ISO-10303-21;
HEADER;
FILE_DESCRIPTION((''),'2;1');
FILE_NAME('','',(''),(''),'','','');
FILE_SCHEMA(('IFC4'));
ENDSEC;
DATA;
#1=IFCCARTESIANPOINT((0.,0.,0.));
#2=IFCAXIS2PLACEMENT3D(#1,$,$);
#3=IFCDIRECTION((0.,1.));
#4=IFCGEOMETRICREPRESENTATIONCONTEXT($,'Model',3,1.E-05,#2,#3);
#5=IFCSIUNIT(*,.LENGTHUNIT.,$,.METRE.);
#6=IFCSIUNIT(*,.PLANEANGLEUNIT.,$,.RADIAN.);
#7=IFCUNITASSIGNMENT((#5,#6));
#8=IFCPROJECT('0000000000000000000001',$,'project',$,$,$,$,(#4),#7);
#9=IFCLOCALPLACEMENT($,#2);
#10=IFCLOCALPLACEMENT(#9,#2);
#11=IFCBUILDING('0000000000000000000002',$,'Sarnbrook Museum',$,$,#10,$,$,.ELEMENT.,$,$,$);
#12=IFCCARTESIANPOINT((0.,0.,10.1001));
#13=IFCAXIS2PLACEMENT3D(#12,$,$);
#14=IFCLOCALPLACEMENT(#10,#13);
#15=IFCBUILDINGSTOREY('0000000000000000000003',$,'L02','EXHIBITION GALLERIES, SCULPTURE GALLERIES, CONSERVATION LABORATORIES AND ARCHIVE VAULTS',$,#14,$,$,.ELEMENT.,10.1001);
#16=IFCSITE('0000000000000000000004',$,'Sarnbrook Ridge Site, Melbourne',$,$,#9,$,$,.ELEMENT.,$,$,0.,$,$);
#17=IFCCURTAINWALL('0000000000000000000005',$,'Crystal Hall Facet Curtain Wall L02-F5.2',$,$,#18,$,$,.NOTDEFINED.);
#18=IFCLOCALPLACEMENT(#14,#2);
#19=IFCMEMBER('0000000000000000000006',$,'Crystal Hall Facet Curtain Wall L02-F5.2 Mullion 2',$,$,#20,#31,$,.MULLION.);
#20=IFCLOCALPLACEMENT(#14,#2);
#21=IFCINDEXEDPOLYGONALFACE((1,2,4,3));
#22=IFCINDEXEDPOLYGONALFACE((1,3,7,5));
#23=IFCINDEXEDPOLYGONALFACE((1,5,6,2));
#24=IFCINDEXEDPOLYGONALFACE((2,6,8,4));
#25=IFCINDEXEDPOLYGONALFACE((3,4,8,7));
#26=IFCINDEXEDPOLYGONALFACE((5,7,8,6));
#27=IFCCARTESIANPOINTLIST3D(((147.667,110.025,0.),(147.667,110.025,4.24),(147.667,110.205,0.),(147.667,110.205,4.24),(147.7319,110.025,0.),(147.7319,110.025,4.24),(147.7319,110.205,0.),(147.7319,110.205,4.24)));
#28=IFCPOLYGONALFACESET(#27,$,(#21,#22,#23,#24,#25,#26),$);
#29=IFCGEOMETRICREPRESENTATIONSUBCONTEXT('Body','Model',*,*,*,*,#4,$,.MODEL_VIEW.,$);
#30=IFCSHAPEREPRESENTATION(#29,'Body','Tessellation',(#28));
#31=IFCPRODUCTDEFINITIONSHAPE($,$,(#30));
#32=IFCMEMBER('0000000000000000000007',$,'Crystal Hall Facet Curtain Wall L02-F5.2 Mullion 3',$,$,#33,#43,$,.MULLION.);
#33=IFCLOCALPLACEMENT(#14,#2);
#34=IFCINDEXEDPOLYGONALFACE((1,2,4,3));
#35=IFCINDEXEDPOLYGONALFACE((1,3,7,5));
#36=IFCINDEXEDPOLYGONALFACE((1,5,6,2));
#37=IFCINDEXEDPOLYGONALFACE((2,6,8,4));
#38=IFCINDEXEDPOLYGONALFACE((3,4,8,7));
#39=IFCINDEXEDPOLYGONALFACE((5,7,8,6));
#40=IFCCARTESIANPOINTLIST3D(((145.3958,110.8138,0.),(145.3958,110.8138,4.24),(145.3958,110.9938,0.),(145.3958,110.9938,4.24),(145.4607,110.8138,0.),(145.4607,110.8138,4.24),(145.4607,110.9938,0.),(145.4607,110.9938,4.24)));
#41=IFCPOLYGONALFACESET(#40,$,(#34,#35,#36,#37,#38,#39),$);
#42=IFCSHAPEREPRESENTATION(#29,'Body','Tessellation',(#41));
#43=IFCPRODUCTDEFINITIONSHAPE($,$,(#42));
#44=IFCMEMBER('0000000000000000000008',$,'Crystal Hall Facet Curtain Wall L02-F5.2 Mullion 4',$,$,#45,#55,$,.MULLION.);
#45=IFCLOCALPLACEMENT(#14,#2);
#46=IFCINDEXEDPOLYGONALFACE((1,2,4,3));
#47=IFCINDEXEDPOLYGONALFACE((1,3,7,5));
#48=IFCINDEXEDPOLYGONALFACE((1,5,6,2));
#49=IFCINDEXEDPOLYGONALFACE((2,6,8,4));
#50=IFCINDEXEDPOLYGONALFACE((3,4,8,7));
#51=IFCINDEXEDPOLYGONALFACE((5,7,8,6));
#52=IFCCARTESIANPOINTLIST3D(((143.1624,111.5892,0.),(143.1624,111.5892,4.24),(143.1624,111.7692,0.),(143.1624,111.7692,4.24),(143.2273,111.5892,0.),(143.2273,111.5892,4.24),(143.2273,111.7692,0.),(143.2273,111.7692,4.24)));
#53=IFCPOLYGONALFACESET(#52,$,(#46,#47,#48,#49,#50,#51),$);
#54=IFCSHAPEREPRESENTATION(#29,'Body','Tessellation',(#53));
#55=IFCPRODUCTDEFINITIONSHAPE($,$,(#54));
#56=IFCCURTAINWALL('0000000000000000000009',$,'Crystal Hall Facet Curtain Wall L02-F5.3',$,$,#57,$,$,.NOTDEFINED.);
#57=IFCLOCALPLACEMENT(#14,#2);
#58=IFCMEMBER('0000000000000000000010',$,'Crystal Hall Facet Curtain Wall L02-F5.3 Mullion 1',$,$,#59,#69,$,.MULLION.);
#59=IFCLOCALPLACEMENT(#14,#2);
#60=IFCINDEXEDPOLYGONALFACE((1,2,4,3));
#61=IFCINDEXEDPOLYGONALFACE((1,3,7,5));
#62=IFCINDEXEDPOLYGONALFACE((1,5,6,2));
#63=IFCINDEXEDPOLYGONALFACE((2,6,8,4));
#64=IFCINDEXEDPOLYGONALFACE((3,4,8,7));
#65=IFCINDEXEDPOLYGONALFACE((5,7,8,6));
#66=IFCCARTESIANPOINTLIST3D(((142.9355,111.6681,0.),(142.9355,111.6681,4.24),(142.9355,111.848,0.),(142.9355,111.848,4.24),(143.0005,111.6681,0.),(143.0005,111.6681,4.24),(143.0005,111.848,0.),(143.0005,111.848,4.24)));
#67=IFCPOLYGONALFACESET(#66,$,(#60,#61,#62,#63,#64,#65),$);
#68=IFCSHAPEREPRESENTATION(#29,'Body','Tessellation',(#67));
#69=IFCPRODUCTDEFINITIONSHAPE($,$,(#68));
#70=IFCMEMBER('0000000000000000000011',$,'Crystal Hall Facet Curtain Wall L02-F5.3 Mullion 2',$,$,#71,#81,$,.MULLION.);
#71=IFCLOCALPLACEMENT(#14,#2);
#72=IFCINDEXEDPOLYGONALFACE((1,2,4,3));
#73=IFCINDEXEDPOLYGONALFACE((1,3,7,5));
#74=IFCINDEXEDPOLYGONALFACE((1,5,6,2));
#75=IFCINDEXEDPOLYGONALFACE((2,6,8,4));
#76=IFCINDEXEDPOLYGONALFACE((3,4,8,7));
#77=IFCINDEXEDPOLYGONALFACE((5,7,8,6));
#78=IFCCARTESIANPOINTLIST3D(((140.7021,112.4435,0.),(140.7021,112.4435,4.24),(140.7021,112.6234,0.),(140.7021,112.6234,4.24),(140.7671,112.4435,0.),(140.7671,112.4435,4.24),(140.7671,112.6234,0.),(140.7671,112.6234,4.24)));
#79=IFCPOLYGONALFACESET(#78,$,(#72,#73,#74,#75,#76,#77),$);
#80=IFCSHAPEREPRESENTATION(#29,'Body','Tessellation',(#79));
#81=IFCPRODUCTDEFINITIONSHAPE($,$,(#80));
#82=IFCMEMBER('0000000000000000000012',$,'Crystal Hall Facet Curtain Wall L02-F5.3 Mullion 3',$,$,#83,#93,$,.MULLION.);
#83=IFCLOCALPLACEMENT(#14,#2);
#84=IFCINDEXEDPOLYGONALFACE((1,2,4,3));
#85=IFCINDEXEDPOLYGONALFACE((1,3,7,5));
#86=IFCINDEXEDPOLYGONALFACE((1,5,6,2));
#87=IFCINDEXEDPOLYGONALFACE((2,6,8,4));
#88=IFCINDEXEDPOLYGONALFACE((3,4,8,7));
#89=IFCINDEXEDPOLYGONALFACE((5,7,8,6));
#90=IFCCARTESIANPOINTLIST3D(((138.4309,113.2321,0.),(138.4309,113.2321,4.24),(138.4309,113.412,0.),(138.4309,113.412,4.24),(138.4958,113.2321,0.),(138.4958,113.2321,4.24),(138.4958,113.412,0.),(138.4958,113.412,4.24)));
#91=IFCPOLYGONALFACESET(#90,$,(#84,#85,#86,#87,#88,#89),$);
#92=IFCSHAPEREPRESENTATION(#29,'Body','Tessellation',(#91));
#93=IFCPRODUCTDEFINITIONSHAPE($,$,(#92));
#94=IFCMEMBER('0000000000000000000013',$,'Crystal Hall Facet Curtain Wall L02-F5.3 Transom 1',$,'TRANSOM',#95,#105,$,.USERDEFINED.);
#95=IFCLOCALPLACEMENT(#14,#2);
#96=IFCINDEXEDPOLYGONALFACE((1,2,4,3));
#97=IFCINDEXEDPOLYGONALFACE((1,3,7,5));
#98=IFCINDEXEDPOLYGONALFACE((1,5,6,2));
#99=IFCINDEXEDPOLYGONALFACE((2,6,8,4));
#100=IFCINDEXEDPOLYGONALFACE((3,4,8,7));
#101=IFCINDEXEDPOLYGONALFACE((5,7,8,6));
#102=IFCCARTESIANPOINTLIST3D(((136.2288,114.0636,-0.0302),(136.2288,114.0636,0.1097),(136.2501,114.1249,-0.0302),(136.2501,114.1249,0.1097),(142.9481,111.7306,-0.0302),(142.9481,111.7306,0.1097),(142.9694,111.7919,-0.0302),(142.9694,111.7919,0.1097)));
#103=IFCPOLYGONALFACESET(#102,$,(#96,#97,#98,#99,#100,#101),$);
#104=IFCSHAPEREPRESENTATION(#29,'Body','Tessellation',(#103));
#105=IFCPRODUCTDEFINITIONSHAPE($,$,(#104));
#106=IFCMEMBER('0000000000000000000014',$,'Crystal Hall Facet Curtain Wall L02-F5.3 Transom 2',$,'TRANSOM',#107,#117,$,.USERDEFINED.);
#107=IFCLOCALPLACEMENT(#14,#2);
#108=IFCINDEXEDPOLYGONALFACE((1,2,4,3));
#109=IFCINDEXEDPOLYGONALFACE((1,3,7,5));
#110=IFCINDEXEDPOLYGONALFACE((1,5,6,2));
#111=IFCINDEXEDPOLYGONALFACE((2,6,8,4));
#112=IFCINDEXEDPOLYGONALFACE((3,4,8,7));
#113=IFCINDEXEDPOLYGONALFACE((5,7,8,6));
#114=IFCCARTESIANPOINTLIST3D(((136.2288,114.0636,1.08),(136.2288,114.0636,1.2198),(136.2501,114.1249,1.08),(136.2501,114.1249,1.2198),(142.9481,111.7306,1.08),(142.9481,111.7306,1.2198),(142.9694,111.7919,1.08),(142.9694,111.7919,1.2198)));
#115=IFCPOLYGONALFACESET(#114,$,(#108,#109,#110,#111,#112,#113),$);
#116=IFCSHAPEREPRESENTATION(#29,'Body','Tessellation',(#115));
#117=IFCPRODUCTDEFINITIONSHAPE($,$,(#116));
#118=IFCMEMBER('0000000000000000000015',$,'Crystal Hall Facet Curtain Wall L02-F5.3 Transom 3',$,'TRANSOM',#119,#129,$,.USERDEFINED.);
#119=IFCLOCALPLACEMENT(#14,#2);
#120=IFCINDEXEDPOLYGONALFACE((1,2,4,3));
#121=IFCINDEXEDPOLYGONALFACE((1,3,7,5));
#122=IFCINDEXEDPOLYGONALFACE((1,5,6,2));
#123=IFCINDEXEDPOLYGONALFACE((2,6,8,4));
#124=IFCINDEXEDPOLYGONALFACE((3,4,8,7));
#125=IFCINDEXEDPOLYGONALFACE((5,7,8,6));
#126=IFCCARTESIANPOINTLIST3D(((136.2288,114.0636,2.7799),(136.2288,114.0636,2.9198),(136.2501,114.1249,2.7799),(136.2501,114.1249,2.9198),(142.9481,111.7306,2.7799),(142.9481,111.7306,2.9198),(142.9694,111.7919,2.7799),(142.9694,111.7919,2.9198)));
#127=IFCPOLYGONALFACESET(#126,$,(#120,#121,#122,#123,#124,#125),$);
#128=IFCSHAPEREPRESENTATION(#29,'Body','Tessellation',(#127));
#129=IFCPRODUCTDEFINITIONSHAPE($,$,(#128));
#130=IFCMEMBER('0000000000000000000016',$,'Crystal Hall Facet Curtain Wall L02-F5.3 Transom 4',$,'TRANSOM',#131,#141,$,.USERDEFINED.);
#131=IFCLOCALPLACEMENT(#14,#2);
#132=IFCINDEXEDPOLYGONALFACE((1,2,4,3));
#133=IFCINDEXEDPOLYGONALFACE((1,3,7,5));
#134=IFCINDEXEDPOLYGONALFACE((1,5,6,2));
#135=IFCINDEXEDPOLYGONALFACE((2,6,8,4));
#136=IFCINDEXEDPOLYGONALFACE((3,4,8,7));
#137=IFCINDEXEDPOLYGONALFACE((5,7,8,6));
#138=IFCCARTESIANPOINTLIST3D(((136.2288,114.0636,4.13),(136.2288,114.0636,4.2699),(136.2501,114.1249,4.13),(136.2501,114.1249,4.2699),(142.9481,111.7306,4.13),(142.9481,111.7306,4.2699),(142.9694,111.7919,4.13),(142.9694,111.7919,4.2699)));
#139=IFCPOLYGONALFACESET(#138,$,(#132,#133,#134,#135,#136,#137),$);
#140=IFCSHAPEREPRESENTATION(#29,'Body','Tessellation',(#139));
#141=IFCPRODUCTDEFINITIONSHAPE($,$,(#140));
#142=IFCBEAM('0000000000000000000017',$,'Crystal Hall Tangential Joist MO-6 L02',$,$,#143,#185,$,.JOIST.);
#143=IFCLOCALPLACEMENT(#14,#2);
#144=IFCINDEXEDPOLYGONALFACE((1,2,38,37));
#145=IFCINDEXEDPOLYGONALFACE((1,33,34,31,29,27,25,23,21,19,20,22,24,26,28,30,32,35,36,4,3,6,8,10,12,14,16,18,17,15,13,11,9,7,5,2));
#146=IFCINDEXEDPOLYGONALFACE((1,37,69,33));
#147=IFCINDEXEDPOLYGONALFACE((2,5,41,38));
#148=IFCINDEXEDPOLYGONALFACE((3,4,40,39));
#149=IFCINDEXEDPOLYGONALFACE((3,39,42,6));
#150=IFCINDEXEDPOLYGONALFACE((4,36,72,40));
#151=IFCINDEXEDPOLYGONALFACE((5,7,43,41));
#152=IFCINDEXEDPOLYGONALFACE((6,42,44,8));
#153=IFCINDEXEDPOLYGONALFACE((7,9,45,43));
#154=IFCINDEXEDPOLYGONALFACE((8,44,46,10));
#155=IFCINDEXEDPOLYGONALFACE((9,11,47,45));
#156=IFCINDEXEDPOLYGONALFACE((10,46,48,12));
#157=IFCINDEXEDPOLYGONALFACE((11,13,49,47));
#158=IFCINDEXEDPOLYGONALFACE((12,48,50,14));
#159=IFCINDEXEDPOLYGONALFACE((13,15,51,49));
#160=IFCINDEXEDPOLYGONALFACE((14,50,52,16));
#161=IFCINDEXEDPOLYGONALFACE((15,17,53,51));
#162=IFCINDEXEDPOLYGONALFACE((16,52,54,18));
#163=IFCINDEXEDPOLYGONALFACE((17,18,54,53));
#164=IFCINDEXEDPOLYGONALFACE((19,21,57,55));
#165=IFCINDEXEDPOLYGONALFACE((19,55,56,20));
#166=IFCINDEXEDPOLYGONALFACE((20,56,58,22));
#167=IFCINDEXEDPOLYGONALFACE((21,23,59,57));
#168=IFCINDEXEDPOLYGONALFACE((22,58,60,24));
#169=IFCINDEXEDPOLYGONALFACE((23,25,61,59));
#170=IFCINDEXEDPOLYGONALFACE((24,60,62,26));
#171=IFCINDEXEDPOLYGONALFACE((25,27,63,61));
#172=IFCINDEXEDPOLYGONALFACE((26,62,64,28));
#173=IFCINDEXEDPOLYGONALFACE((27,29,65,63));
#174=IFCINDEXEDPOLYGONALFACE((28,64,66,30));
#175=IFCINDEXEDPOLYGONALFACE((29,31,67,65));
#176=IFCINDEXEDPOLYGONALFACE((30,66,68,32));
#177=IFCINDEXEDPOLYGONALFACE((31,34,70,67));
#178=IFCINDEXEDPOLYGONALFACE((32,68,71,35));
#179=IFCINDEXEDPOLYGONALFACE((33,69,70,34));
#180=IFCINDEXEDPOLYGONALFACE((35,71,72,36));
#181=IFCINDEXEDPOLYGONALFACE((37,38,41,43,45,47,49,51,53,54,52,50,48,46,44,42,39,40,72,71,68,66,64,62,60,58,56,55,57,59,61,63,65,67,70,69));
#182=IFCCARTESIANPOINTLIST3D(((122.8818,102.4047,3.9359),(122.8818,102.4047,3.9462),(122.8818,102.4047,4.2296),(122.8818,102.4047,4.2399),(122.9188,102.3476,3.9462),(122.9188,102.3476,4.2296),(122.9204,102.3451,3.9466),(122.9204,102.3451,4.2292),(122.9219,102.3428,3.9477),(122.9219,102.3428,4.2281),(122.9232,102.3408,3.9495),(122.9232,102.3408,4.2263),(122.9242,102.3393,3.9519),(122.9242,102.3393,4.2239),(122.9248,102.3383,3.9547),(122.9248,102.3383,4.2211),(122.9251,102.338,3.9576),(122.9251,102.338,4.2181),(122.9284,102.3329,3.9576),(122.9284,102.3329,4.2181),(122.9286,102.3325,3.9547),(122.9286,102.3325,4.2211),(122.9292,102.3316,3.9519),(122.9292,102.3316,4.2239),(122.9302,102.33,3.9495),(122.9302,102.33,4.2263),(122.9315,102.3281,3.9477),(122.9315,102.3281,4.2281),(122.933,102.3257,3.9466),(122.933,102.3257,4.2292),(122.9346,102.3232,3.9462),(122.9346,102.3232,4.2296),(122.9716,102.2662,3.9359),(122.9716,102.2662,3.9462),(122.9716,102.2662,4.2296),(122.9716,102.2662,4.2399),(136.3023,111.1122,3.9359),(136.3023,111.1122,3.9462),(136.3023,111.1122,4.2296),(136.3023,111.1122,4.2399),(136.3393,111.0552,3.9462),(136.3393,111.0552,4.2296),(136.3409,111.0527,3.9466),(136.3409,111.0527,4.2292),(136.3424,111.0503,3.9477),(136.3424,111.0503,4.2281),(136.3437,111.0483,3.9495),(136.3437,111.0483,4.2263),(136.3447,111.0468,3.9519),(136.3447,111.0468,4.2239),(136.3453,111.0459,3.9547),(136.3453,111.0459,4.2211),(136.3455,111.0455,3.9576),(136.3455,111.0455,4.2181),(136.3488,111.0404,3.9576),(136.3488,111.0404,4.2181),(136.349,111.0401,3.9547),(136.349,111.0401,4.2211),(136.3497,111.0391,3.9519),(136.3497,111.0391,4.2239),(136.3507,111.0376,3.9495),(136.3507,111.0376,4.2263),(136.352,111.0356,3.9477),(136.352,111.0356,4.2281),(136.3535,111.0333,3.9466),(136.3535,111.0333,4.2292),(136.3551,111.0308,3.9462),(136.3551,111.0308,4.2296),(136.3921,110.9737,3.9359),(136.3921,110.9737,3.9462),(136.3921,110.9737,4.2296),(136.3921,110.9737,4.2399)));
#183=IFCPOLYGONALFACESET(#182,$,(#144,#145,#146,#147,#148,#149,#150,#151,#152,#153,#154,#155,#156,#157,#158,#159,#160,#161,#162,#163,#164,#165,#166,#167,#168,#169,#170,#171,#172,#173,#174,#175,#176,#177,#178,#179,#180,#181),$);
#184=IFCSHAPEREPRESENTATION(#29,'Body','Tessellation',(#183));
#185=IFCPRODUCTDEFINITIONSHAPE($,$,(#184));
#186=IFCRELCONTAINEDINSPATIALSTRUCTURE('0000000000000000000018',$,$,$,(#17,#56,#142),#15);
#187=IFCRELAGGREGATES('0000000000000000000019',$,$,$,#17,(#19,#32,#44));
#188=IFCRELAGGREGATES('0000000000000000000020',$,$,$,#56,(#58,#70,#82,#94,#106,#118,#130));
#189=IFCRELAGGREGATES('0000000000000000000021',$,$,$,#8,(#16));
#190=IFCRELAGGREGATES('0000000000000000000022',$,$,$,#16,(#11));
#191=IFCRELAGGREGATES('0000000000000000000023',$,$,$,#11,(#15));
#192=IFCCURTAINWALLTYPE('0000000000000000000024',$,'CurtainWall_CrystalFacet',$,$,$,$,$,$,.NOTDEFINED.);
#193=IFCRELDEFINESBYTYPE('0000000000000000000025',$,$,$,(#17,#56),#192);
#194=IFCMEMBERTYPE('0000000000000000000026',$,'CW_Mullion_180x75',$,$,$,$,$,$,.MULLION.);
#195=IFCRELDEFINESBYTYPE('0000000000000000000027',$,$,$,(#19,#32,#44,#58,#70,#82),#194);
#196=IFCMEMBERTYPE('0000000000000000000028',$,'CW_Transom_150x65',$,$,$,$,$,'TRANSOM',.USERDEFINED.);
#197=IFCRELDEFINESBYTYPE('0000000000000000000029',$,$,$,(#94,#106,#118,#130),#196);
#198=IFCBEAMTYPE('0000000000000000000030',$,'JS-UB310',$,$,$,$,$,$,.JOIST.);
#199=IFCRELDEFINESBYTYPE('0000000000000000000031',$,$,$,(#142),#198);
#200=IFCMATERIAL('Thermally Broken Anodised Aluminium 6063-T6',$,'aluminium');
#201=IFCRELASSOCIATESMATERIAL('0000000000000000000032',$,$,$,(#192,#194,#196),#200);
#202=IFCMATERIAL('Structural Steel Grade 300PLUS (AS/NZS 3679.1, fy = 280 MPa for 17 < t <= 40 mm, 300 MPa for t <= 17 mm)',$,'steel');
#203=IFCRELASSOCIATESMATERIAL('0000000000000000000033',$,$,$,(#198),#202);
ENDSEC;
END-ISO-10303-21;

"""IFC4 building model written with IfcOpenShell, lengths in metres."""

from ifc_helpers import new_model, si_unit, direction, frame, origin, origin_2d, place, context, subcontext, project, spatial, rectangle, i_section, extrude, material, material_profile, profile_set, type_object, element, aggregate, save


model = new_model("IFC4")

# Units and contexts
model_context = context("Model", 3, precision=1e-05, world=origin(), true_north=direction((0.0, 1.0)))
body_context = subcontext(model_context, "Body", "Model", "MODEL_VIEW")
ifc_project = project(units=[si_unit("LENGTHUNIT", "METRE"), si_unit("PLANEANGLEUNIT", "RADIAN")], contexts=[model_context])

# Site, building, storey
site_placement = place(None, origin())
site = spatial("IfcSite", under=ifc_project, at=site_placement, Name="Sarnbrook Ridge Site, Melbourne", CompositionType="ELEMENT", RefElevation=0.0)
building_placement = place(site_placement, origin())
building = spatial("IfcBuilding", under=site, at=building_placement, Name="Sarnbrook Museum", CompositionType="ELEMENT")
storey_placement = place(building_placement, frame((0.0, 0.0, 10.1001)))
storey = spatial("IfcBuildingStorey", under=building, at=storey_placement, Name="L02", Description="EXHIBITION GALLERIES, SCULPTURE GALLERIES, CONSERVATION LABORATORIES AND ARCHIVE VAULTS", CompositionType="ELEMENT", Elevation=10.1001)

# Curtain walls, members
ifc_material_1 = material(Name="Thermally Broken Anodised Aluminium 6063-T6", Category="aluminium")
curtain_wall_type = type_object("IfcCurtainWallType", Name="CurtainWall_CrystalFacet", PredefinedType="NOTDEFINED", material=ifc_material_1)
curtain_wall_1_placement = place(storey_placement, origin())
curtain_wall_1 = element("IfcCurtainWall", 1, at=curtain_wall_1_placement, inside=storey, type_object=curtain_wall_type, Name="Crystal Hall Facet Curtain Wall L02-F5.2", PredefinedType="NOTDEFINED")
ifc_material_profile_1 = material_profile(ifc_material_1, rectangle(XDim=0.0649, YDim=0.1799, at=origin_2d()), Name="ALU MULLION 65x180")
ifc_profile_set_1 = profile_set([ifc_material_profile_1], Name="Thermally Broken Anodised Aluminium 6063-T6")
member_type_1 = type_object("IfcMemberType", Name="CW_Mullion_180x75", PredefinedType="MULLION", material=ifc_profile_set_1)
member_1_placement = place(storey_placement, frame((147.6995, 110.115, 0.0), z_axis=(0.0, 0.0, 1.0), x_axis=(1.0, 0.0, 0.0)))
member_1 = element("IfcMember", 2, at=member_1_placement, type_object=member_type_1, Name="Crystal Hall Facet Curtain Wall L02-F5.2 Mullion 2", PredefinedType="MULLION", context=body_context, shape_type="SweptSolid", body=[
    extrude(rectangle(XDim=0.0649, YDim=0.1799, at=origin_2d()), origin(), (0.0, 0.0, 1.0), 4.24),
])
member_2_placement = place(storey_placement, frame((145.4282, 110.9038, 0.0), z_axis=(0.0, 0.0, 1.0), x_axis=(1.0, 0.0, 0.0)))
member_2 = element("IfcMember", 3, at=member_2_placement, type_object=member_type_1, Name="Crystal Hall Facet Curtain Wall L02-F5.2 Mullion 3", PredefinedType="MULLION", context=body_context, shape_type="SweptSolid", body=[
    extrude(rectangle(XDim=0.0649, YDim=0.1799, at=origin_2d()), origin(), (0.0, 0.0, 1.0), 4.24),
])
member_3_placement = place(storey_placement, frame((143.1948, 111.6792, 0.0), z_axis=(0.0, 0.0, 1.0), x_axis=(1.0, 0.0, 0.0)))
member_3 = element("IfcMember", 4, at=member_3_placement, type_object=member_type_1, Name="Crystal Hall Facet Curtain Wall L02-F5.2 Mullion 4", PredefinedType="MULLION", context=body_context, shape_type="SweptSolid", body=[
    extrude(rectangle(XDim=0.0649, YDim=0.1799, at=origin_2d()), origin(), (0.0, 0.0, 1.0), 4.24),
])
curtain_wall_2_placement = place(storey_placement, origin())
curtain_wall_2 = element("IfcCurtainWall", 5, at=curtain_wall_2_placement, inside=storey, type_object=curtain_wall_type, Name="Crystal Hall Facet Curtain Wall L02-F5.3", PredefinedType="NOTDEFINED")
member_4_placement = place(storey_placement, frame((142.968, 111.7581, 0.0), z_axis=(0.0, 0.0, 1.0), x_axis=(1.0, 0.0, 0.0)))
member_4 = element("IfcMember", 6, at=member_4_placement, type_object=member_type_1, Name="Crystal Hall Facet Curtain Wall L02-F5.3 Mullion 1", PredefinedType="MULLION", context=body_context, shape_type="SweptSolid", body=[
    extrude(rectangle(XDim=0.0649, YDim=0.1799, at=origin_2d()), origin(), (0.0, 0.0, 1.0), 4.24),
])
member_5_placement = place(storey_placement, frame((140.7346, 112.5334, 0.0), z_axis=(0.0, 0.0, 1.0), x_axis=(1.0, 0.0, 0.0)))
member_5 = element("IfcMember", 7, at=member_5_placement, type_object=member_type_1, Name="Crystal Hall Facet Curtain Wall L02-F5.3 Mullion 2", PredefinedType="MULLION", context=body_context, shape_type="SweptSolid", body=[
    extrude(rectangle(XDim=0.0649, YDim=0.1799, at=origin_2d()), origin(), (0.0, 0.0, 1.0), 4.24),
])
member_6_placement = place(storey_placement, frame((138.4634, 113.322, 0.0), z_axis=(0.0, 0.0, 1.0), x_axis=(1.0, 0.0, 0.0)))
member_6 = element("IfcMember", 8, at=member_6_placement, type_object=member_type_1, Name="Crystal Hall Facet Curtain Wall L02-F5.3 Mullion 3", PredefinedType="MULLION", context=body_context, shape_type="SweptSolid", body=[
    extrude(rectangle(XDim=0.0649, YDim=0.1799, at=origin_2d()), origin(), (0.0, 0.0, 1.0), 4.24),
])
ifc_material_profile_2 = material_profile(ifc_material_1, rectangle(XDim=0.0649, YDim=0.1399, at=origin_2d()), Name="ALU TRANSOM 65x140")
ifc_profile_set_2 = profile_set([ifc_material_profile_2], Name="Thermally Broken Anodised Aluminium 6063-T6")
member_type_2 = type_object("IfcMemberType", Name="CW_Transom_150x65", ElementType="TRANSOM", PredefinedType="USERDEFINED", material=ifc_profile_set_2)
member_7_placement = place(storey_placement, frame((142.9587, 111.7612, 0.0398), z_axis=(-0.944676, 0.328004, 0.0), x_axis=(-0.328004, -0.944676, 0.0)))
member_7 = element("IfcMember", 9, at=member_7_placement, type_object=member_type_2, Name="Crystal Hall Facet Curtain Wall L02-F5.3 Transom 1", ObjectType="TRANSOM", PredefinedType="USERDEFINED", context=body_context, shape_type="SweptSolid", body=[
    extrude(rectangle(XDim=0.0649, YDim=0.1399, at=origin_2d()), origin(), (0.0, 0.0, 1.0), 7.1128),
])
member_8_placement = place(storey_placement, frame((142.9587, 111.7612, 1.1499), z_axis=(-0.944676, 0.328004, 0.0), x_axis=(-0.328004, -0.944676, 0.0)))
member_8 = element("IfcMember", 10, at=member_8_placement, type_object=member_type_2, Name="Crystal Hall Facet Curtain Wall L02-F5.3 Transom 2", ObjectType="TRANSOM", PredefinedType="USERDEFINED", context=body_context, shape_type="SweptSolid", body=[
    extrude(rectangle(XDim=0.0649, YDim=0.1399, at=origin_2d()), origin(), (0.0, 0.0, 1.0), 7.1128),
])
member_9_placement = place(storey_placement, frame((142.9587, 111.7612, 2.8499), z_axis=(-0.944676, 0.328004, 0.0), x_axis=(-0.328004, -0.944676, 0.0)))
member_9 = element("IfcMember", 11, at=member_9_placement, type_object=member_type_2, Name="Crystal Hall Facet Curtain Wall L02-F5.3 Transom 3", ObjectType="TRANSOM", PredefinedType="USERDEFINED", context=body_context, shape_type="SweptSolid", body=[
    extrude(rectangle(XDim=0.0649, YDim=0.1399, at=origin_2d()), origin(), (0.0, 0.0, 1.0), 7.1128),
])
member_10_placement = place(storey_placement, frame((142.9587, 111.7612, 4.2), z_axis=(-0.944676, 0.328004, 0.0), x_axis=(-0.328004, -0.944676, 0.0)))
member_10 = element("IfcMember", 12, at=member_10_placement, type_object=member_type_2, Name="Crystal Hall Facet Curtain Wall L02-F5.3 Transom 4", ObjectType="TRANSOM", PredefinedType="USERDEFINED", context=body_context, shape_type="SweptSolid", body=[
    extrude(rectangle(XDim=0.0649, YDim=0.1399, at=origin_2d()), origin(), (0.0, 0.0, 1.0), 7.1128),
])

# Beam
ifc_material_2 = material(Name="Structural Steel Grade 300PLUS (AS/NZS 3679.1, fy = 280 MPa for 17 < t <= 40 mm, 300 MPa for t <= 17 mm)", Category="steel")
ifc_material_profile_3 = material_profile(ifc_material_2, i_section(OverallWidth=0.165, OverallDepth=0.304, WebThickness=0.0061, FlangeThickness=0.0103, FilletRadius=0.0115, at=origin_2d()), Name="310UB40.4")
ifc_profile_set_3 = profile_set([ifc_material_profile_3], Name="Structural Steel Grade 300PLUS (AS/NZS 3679.1, fy = 280 MPa for 17 < t <= 40 mm, 300 MPa for t <= 17 mm)")
beam_type = type_object("IfcBeamType", Name="JS-UB310", PredefinedType="JOIST", material=ifc_profile_set_3)
beam_placement = place(storey_placement, frame((136.3472, 111.043, 4.0879), z_axis=(-0.838893, -0.544296, 0.0), x_axis=(0.544296, -0.838893, 0.0)))
element("IfcBeam", 13, at=beam_placement, inside=storey, type_object=beam_type, Name="Crystal Hall Tangential Joist MO-6 L02", PredefinedType="JOIST", context=body_context, shape_type="SweptSolid", body=[
    extrude(i_section(OverallWidth=0.165, OverallDepth=0.304, WebThickness=0.0061, FlangeThickness=0.0103, FilletRadius=0.0115, at=origin_2d()), origin(), (0.0, 0.0, 1.0), 15.9978),
])

aggregate(curtain_wall_1, [member_1, member_2, member_3])
aggregate(curtain_wall_2, [member_4, member_5, member_6, member_7, member_8, member_9, member_10])

save(model, "model.ifc")
